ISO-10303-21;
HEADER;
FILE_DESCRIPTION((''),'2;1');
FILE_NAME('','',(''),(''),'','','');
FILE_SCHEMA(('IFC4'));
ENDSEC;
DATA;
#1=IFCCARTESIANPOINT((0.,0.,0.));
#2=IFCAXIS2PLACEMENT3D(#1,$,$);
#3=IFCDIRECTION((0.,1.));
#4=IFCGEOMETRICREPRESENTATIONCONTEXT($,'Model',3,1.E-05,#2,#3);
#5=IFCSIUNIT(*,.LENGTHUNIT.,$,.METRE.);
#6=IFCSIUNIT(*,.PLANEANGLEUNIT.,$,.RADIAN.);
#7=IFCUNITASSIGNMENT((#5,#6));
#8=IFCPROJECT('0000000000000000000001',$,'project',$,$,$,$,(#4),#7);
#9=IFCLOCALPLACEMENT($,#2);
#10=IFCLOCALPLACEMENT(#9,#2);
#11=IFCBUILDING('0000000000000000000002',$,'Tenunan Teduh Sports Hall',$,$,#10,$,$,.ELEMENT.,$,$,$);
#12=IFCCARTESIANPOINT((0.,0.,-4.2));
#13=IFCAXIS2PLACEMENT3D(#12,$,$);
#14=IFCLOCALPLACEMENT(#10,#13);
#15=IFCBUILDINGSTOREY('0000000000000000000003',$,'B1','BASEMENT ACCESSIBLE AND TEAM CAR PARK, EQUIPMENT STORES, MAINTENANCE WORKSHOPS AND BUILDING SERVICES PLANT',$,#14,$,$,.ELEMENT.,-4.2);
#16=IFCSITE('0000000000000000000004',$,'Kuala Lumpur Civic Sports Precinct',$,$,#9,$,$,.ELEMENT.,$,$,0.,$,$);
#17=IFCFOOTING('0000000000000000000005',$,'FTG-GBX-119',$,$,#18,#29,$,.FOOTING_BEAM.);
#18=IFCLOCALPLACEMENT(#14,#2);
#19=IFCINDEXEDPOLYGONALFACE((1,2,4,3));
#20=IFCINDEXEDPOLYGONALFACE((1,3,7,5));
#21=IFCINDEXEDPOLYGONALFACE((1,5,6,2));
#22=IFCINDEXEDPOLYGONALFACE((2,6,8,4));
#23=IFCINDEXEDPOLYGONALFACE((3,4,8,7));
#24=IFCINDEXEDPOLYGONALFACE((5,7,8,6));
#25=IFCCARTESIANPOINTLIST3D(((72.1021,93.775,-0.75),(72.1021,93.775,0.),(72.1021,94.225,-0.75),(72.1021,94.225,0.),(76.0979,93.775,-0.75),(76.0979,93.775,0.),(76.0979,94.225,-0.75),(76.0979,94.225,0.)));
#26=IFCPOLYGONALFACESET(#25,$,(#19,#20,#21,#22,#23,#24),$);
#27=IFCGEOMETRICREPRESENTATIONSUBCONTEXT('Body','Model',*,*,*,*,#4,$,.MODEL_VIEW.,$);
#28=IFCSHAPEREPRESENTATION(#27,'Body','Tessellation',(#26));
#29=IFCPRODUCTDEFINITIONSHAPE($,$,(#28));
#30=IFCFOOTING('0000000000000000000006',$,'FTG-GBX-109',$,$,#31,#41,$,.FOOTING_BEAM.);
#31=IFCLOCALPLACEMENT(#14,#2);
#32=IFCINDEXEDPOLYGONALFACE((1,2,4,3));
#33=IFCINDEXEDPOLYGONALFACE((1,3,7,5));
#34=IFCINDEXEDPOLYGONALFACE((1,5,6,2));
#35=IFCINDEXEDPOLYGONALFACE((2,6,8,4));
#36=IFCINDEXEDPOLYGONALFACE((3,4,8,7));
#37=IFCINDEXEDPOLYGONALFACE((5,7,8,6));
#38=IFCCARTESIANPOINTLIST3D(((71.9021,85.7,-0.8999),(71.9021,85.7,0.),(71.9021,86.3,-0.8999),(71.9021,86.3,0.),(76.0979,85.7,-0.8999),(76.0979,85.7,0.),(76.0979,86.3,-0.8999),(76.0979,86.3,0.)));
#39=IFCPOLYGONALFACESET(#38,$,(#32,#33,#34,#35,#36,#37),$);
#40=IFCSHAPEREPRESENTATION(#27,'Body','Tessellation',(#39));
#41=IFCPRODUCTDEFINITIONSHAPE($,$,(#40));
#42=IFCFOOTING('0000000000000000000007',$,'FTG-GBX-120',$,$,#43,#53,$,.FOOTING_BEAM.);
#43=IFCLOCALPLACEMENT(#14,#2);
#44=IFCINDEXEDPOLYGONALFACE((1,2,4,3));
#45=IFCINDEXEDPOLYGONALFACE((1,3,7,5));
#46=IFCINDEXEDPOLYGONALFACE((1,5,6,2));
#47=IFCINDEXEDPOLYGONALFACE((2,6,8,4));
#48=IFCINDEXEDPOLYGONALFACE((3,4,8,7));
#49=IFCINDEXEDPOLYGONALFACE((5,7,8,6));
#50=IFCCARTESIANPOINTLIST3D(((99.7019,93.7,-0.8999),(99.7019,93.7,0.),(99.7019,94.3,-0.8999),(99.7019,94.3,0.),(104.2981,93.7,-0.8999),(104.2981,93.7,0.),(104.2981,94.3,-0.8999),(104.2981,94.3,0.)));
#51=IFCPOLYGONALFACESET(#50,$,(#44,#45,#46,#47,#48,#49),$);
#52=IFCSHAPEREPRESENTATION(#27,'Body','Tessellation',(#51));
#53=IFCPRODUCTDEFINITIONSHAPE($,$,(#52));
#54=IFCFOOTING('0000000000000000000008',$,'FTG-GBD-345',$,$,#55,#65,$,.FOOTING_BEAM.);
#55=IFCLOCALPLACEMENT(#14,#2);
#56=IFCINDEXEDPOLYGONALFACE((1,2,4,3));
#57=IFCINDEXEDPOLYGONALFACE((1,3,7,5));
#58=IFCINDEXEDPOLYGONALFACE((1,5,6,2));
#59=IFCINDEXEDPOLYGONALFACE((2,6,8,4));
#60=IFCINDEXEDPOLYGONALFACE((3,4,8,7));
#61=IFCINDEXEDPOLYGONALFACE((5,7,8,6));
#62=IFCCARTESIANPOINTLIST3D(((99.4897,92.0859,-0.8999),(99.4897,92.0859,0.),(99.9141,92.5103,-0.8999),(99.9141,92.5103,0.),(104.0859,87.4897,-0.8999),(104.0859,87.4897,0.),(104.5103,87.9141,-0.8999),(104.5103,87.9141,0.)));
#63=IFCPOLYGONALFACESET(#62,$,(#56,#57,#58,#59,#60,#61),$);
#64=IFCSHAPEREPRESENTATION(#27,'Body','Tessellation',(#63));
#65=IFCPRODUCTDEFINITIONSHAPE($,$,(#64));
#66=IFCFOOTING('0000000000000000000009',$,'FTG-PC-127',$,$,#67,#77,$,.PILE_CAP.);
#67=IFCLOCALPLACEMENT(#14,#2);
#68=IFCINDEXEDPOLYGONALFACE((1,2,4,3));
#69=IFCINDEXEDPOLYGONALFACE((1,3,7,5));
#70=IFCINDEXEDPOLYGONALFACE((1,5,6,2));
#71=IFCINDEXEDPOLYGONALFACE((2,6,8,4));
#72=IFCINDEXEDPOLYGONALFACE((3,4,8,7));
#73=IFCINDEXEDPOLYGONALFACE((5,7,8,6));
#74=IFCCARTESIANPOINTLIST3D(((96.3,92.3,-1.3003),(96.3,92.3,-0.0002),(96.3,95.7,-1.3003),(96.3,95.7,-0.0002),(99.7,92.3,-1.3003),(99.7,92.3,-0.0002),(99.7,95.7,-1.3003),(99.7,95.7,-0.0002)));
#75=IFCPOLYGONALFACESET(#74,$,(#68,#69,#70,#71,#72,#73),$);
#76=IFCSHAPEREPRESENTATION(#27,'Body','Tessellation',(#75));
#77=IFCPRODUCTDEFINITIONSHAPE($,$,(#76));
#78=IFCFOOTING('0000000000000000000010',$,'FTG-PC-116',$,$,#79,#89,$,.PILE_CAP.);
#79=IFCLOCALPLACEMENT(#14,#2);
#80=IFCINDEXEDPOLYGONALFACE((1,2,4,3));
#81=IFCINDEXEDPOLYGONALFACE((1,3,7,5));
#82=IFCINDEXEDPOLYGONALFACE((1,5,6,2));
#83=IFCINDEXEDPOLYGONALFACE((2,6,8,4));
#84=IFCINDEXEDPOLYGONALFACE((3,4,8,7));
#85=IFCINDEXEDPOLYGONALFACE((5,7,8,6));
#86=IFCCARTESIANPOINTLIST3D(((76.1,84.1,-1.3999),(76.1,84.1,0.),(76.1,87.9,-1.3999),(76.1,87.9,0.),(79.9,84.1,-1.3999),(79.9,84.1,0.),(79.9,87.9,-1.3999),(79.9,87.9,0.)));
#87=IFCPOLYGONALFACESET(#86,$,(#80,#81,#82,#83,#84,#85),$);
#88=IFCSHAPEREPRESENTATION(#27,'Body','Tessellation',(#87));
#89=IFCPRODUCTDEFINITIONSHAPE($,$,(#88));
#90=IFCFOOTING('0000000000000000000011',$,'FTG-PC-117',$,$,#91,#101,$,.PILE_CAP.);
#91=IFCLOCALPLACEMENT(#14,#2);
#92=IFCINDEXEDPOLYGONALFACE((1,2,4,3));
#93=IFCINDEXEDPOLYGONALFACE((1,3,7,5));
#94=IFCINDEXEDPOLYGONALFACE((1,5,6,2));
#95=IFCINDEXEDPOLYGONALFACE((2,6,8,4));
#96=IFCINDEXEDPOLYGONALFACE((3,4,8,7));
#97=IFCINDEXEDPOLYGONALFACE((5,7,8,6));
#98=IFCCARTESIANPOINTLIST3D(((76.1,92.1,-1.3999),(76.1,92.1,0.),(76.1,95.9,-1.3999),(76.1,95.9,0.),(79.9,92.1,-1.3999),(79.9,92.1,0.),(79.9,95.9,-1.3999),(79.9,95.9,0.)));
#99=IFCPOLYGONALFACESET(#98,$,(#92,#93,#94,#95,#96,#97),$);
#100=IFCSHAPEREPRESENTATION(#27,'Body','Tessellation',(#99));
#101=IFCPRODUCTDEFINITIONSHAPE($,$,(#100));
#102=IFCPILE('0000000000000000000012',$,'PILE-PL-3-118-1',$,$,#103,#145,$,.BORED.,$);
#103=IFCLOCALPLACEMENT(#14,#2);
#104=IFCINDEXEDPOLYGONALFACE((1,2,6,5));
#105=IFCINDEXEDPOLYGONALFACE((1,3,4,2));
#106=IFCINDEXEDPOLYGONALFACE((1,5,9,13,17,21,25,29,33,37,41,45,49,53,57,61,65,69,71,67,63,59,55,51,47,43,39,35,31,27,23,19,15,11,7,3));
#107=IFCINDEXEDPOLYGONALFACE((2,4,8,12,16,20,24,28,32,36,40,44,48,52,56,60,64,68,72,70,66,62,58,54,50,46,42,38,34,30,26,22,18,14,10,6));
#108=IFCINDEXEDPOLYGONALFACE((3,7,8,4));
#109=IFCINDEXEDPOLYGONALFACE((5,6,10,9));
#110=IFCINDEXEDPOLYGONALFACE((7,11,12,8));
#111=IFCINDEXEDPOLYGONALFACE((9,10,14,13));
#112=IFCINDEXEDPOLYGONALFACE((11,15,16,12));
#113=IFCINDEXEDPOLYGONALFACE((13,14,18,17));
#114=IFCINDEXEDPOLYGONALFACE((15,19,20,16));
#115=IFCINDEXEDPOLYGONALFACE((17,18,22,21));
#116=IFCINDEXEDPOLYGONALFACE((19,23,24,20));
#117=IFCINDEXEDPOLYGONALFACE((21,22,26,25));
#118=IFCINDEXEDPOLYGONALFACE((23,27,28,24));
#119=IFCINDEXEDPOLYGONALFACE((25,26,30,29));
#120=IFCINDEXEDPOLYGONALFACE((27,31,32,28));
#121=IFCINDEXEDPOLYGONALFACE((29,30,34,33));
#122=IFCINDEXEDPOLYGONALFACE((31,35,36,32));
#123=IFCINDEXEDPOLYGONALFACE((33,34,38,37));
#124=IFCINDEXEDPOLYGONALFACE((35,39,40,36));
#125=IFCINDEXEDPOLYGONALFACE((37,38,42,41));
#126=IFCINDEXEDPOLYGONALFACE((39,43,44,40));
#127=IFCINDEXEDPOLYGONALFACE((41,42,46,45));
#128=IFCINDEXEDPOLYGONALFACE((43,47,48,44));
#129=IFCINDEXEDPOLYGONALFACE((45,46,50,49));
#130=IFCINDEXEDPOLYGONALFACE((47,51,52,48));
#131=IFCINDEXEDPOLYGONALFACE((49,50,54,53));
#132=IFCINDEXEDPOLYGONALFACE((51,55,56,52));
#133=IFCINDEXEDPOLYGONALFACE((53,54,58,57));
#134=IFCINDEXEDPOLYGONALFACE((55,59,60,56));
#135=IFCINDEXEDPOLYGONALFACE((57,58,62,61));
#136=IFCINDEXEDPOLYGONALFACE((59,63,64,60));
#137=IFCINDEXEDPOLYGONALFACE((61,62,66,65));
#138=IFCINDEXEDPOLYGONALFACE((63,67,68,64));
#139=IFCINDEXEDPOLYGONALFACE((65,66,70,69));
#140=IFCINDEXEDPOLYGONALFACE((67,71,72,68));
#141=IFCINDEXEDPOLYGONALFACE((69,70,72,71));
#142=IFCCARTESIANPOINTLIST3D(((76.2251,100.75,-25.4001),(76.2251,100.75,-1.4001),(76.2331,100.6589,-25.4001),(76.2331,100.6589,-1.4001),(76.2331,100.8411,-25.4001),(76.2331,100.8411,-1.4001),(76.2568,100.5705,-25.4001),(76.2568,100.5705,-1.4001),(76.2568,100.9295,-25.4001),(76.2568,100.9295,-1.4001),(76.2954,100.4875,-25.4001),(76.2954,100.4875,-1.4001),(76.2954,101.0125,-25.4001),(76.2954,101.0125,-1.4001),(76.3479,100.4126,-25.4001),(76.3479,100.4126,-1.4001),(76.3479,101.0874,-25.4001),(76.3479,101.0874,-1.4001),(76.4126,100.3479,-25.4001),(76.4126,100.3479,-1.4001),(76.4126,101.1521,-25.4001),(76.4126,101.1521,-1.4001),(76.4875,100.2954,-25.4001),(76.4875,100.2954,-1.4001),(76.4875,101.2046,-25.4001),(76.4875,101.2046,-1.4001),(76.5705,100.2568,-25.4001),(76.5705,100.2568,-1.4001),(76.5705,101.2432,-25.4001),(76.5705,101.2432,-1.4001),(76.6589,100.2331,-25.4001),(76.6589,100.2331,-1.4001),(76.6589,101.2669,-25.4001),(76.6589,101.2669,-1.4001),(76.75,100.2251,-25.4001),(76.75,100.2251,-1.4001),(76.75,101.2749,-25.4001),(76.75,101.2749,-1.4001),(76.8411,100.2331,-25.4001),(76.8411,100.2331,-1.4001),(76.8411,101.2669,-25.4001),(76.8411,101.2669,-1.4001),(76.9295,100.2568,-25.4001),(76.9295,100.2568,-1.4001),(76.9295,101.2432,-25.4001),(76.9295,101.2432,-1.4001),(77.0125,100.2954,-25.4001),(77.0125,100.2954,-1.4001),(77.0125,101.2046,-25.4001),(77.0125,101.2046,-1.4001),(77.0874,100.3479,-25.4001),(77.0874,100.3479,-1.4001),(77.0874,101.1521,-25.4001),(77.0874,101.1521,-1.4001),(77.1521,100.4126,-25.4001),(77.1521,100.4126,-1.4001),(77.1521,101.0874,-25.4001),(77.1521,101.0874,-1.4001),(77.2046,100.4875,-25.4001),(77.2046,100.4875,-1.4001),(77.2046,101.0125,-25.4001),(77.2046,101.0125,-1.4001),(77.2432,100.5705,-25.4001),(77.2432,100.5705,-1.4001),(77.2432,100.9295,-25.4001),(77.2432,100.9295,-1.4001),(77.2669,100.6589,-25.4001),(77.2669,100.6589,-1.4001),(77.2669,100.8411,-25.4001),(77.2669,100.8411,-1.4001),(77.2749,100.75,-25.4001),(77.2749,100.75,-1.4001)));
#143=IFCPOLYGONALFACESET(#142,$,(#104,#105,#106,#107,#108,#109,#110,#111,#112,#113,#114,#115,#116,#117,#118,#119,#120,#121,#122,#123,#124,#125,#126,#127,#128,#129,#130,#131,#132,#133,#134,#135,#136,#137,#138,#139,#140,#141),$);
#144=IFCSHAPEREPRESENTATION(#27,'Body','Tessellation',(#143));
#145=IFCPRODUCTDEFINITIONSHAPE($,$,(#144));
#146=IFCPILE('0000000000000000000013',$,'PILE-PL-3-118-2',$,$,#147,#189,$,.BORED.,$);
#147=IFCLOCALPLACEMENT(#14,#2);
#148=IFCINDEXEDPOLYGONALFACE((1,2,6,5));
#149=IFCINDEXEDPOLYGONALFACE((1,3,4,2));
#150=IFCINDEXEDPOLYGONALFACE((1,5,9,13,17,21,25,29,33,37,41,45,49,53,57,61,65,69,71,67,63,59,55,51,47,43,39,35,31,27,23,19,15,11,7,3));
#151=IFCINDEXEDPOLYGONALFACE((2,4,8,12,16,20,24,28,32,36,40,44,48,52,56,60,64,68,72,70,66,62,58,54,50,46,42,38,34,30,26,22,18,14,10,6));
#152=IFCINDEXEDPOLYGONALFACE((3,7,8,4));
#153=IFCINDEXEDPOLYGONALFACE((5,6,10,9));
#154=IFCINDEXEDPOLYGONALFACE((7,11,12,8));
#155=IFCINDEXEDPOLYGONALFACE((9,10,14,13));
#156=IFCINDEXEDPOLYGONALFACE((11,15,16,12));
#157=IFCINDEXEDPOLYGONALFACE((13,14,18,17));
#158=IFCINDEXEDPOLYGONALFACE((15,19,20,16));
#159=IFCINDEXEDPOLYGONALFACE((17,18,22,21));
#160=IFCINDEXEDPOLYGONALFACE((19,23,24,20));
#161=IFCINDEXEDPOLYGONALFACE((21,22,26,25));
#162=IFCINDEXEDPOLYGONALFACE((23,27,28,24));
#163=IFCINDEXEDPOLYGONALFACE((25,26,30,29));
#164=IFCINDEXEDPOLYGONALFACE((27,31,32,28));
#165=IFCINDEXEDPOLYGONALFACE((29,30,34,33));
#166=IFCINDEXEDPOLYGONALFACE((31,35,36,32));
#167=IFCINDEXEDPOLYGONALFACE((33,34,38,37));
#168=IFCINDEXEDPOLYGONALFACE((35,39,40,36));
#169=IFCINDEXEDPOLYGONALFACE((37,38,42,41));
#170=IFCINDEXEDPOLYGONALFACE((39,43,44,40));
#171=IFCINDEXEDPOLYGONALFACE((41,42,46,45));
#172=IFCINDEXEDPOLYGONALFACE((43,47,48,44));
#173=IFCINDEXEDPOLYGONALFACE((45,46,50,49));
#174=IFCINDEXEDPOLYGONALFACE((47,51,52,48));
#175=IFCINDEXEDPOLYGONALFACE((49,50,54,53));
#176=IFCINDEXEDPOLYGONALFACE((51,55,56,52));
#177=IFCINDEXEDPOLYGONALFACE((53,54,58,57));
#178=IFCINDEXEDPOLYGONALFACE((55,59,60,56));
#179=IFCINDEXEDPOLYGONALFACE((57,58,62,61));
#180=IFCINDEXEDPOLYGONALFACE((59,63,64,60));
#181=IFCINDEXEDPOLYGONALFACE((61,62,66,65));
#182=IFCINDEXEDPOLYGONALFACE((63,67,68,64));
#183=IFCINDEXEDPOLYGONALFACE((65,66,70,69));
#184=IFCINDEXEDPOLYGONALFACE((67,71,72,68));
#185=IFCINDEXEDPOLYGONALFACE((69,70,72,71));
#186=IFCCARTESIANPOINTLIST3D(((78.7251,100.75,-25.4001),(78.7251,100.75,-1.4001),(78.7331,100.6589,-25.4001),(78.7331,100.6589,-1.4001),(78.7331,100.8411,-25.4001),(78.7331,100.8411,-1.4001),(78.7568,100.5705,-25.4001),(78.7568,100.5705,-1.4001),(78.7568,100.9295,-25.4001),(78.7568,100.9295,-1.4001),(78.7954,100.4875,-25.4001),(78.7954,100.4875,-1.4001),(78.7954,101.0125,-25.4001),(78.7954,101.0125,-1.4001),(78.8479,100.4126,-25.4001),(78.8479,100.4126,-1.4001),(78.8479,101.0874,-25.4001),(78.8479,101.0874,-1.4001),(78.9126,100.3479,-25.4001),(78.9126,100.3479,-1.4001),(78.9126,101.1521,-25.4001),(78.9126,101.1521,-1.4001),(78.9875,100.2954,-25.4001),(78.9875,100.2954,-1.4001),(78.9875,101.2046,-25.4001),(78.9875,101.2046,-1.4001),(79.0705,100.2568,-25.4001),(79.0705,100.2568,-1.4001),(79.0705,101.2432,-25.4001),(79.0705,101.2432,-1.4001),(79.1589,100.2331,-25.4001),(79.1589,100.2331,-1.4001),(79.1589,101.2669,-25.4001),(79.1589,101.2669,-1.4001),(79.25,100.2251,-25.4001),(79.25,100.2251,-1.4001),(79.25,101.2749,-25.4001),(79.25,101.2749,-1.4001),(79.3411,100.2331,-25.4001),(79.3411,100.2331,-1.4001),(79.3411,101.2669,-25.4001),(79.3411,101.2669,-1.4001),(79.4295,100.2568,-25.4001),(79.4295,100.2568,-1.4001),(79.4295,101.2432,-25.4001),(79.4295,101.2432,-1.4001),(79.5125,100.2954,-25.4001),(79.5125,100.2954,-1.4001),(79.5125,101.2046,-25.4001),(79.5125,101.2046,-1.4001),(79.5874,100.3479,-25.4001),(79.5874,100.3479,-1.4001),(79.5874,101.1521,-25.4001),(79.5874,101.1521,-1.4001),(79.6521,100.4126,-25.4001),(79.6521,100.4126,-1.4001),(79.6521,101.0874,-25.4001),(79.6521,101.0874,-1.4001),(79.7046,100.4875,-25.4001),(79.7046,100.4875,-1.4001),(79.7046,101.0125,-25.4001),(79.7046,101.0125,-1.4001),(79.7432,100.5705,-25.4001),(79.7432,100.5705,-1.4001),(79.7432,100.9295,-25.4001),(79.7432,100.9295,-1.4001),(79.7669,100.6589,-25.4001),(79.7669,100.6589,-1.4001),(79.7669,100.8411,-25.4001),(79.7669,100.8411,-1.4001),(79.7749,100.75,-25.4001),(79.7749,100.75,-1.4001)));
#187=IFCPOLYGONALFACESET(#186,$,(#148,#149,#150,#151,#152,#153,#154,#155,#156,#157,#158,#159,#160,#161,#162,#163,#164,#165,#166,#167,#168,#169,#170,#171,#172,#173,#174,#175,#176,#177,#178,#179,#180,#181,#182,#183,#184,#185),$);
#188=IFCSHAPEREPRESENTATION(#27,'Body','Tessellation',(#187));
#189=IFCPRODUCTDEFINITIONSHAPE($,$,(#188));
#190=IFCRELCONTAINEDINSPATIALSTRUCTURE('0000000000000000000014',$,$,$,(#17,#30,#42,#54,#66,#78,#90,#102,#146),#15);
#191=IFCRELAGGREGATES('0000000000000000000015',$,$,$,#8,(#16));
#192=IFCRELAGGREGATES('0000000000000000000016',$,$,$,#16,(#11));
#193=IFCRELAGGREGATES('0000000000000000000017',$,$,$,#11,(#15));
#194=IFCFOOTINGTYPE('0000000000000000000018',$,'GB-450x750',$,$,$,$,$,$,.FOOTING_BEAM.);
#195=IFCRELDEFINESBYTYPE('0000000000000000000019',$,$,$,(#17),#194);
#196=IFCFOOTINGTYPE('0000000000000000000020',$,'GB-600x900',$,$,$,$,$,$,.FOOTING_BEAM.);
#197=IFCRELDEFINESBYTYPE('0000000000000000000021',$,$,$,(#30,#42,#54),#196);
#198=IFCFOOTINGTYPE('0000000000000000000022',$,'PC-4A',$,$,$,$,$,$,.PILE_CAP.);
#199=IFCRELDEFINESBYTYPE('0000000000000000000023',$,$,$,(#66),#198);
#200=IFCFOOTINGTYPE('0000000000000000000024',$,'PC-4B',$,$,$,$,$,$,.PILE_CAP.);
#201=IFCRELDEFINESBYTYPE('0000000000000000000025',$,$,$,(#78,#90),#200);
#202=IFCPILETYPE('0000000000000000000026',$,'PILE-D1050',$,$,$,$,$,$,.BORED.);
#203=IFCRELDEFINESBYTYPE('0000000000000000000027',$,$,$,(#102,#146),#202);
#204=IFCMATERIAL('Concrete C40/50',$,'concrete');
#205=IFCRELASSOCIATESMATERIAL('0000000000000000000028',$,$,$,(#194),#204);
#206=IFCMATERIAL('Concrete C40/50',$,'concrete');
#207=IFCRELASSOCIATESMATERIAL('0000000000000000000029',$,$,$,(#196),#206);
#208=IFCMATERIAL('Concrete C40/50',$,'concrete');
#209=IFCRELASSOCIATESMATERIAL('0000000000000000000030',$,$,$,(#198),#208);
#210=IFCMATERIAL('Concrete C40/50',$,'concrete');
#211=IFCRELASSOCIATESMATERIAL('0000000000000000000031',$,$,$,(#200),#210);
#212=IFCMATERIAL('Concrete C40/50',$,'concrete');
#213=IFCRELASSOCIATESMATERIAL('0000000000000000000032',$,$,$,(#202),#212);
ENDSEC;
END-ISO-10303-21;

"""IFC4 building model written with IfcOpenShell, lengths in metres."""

from ifc_helpers import new_model, si_unit, direction, frame, origin, origin_2d, place, context, subcontext, project, spatial, rectangle, circle, extrude, material, material_profile, profile_set, type_object, element, save


model = new_model("IFC4")

# Units and contexts
model_context = context("Model", 3, precision=1e-05, world=origin(), true_north=direction((0.0, 1.0)))
body_context = subcontext(model_context, "Body", "Model", "MODEL_VIEW")
ifc_project = project(units=[si_unit("LENGTHUNIT", "METRE"), si_unit("PLANEANGLEUNIT", "RADIAN")], contexts=[model_context])

# Site, building, storey
site_placement = place(None, origin())
site = spatial("IfcSite", under=ifc_project, at=site_placement, Name="Kuala Lumpur Civic Sports Precinct", CompositionType="ELEMENT", RefElevation=0.0)
building_placement = place(site_placement, origin())
building = spatial("IfcBuilding", under=site, at=building_placement, Name="Tenunan Teduh Sports Hall", CompositionType="ELEMENT")
storey_placement = place(building_placement, frame((0.0, 0.0, -4.2)))
storey = spatial("IfcBuildingStorey", under=building, at=storey_placement, Name="B1", Description="BASEMENT ACCESSIBLE AND TEAM CAR PARK, EQUIPMENT STORES, MAINTENANCE WORKSHOPS AND BUILDING SERVICES PLANT", CompositionType="ELEMENT", Elevation=-4.2)

# Footings
ifc_material_1 = material(Name="Concrete C40/50", Category="concrete")
ifc_material_profile_1 = material_profile(ifc_material_1, rectangle(XDim=0.45, YDim=0.75, at=origin_2d()), Name="RCB 450x750")
ifc_profile_set_1 = profile_set([ifc_material_profile_1], Name="Concrete C40/50")
footing_type_1 = type_object("IfcFootingType", Name="GB-450x750", PredefinedType="FOOTING_BEAM", material=ifc_profile_set_1)
footing_1_placement = place(storey_placement, frame((72.1021, 94.0, -0.375), z_axis=(1.0, 0.0, 0.0), x_axis=(0.0, 1.0, 0.0)))
element("IfcFooting", 1, at=footing_1_placement, inside=storey, type_object=footing_type_1, Name="FTG-GBX-119", PredefinedType="FOOTING_BEAM", context=body_context, shape_type="SweptSolid", body=[
    extrude(rectangle(XDim=0.45, YDim=0.75, at=origin_2d()), origin(), (0.0, 0.0, 1.0), 3.9958),
])
ifc_material_2 = material(Name="Concrete C40/50", Category="concrete")
ifc_material_profile_2 = material_profile(ifc_material_2, rectangle(XDim=0.6001, YDim=0.8999, at=origin_2d()), Name="RCB 600x900")
ifc_profile_set_2 = profile_set([ifc_material_profile_2], Name="Concrete C40/50")
footing_type_2 = type_object("IfcFootingType", Name="GB-600x900", PredefinedType="FOOTING_BEAM", material=ifc_profile_set_2)
footing_2_placement = place(storey_placement, frame((71.9021, 86.0, -0.45), z_axis=(1.0, 0.0, 0.0), x_axis=(0.0, 1.0, 0.0)))
element("IfcFooting", 2, at=footing_2_placement, inside=storey, type_object=footing_type_2, Name="FTG-GBX-109", PredefinedType="FOOTING_BEAM", context=body_context, shape_type="SweptSolid", body=[
    extrude(rectangle(XDim=0.6001, YDim=0.8999, at=origin_2d()), origin(), (0.0, 0.0, 1.0), 4.1958),
])
footing_3_placement = place(storey_placement, frame((99.7019, 94.0, -0.45), z_axis=(1.0, 0.0, 0.0), x_axis=(0.0, 1.0, 0.0)))
element("IfcFooting", 3, at=footing_3_placement, inside=storey, type_object=footing_type_2, Name="FTG-GBX-120", PredefinedType="FOOTING_BEAM", context=body_context, shape_type="SweptSolid", body=[
    extrude(rectangle(XDim=0.6001, YDim=0.8999, at=origin_2d()), origin(), (0.0, 0.0, 1.0), 4.5962),
])
footing_4_placement = place(storey_placement, frame((99.7019, 92.2981, -0.45), z_axis=(0.707107, -0.707107, 0.0), x_axis=(0.707107, 0.707107, 0.0)))
element("IfcFooting", 4, at=footing_4_placement, inside=storey, type_object=footing_type_2, Name="FTG-GBD-345", PredefinedType="FOOTING_BEAM", context=body_context, shape_type="SweptSolid", body=[
    extrude(rectangle(XDim=0.6001, YDim=0.8999, at=origin_2d()), origin(), (0.0, 0.0, 1.0), 6.5),
])
ifc_material_3 = material(Name="Concrete C40/50", Category="concrete")
footing_type_3 = type_object("IfcFootingType", Name="PC-4A", PredefinedType="PILE_CAP", material=ifc_material_3)
footing_5_placement = place(storey_placement, frame((98.0, 94.0, -1.3003), z_axis=(0.0, 0.0, 1.0), x_axis=(1.0, 0.0, 0.0)))
element("IfcFooting", 5, at=footing_5_placement, inside=storey, type_object=footing_type_3, Name="FTG-PC-127", PredefinedType="PILE_CAP", context=body_context, shape_type="SweptSolid", body=[
    extrude(rectangle(XDim=3.3999, YDim=3.3999, at=origin_2d()), origin(), (0.0, 0.0, 1.0), 1.3),
])
ifc_material_4 = material(Name="Concrete C40/50", Category="concrete")
footing_type_4 = type_object("IfcFootingType", Name="PC-4B", PredefinedType="PILE_CAP", material=ifc_material_4)
for number, where, z_axis, x_axis, name in (
    (6, (78.0, 86.0, -1.3999), (0.0, 0.0, 1.0), (1.0, 0.0, 0.0), "FTG-PC-116"),
    (7, (78.0, 94.0, -1.3999), (0.0, 0.0, 1.0), (1.0, 0.0, 0.0), "FTG-PC-117"),
):
    element("IfcFooting", number, at=place(storey_placement, frame(where, z_axis=z_axis, x_axis=x_axis)), inside=storey, type_object=footing_type_4, Name=name, PredefinedType="PILE_CAP", context=body_context, shape_type="SweptSolid", body=[
        extrude(rectangle(XDim=3.8, YDim=3.8, at=origin_2d()), origin(), (0.0, 0.0, 1.0), 1.3999),
    ])

# Piles
ifc_material_5 = material(Name="Concrete C40/50", Category="concrete")
ifc_material_profile_3 = material_profile(ifc_material_5, circle(Radius=0.5249, at=origin_2d()), Name="PILE D1050")
ifc_profile_set_3 = profile_set([ifc_material_profile_3], Name="Concrete C40/50")
pile_type_1 = type_object("IfcPileType", Name="PILE-D1050", PredefinedType="BORED", material=ifc_profile_set_3)
for number, where, z_axis, x_axis, name in (
    (8, (76.75, 100.75, -1.4001), (0.0, 0.0, -1.0), (1.0, 0.0, 0.0), "PILE-PL-3-118-1"),
    (9, (79.25, 100.75, -1.4001), (0.0, 0.0, -1.0), (1.0, 0.0, 0.0), "PILE-PL-3-118-2"),
):
    element("IfcPile", number, at=place(storey_placement, frame(where, z_axis=z_axis, x_axis=x_axis)), inside=storey, type_object=pile_type_1, Name=name, PredefinedType="BORED", context=body_context, shape_type="SweptSolid", body=[
        extrude(circle(Radius=0.5249, at=origin_2d()), origin(), (0.0, 0.0, 1.0), 24.0),
    ])

save(model, "model.ifc")
